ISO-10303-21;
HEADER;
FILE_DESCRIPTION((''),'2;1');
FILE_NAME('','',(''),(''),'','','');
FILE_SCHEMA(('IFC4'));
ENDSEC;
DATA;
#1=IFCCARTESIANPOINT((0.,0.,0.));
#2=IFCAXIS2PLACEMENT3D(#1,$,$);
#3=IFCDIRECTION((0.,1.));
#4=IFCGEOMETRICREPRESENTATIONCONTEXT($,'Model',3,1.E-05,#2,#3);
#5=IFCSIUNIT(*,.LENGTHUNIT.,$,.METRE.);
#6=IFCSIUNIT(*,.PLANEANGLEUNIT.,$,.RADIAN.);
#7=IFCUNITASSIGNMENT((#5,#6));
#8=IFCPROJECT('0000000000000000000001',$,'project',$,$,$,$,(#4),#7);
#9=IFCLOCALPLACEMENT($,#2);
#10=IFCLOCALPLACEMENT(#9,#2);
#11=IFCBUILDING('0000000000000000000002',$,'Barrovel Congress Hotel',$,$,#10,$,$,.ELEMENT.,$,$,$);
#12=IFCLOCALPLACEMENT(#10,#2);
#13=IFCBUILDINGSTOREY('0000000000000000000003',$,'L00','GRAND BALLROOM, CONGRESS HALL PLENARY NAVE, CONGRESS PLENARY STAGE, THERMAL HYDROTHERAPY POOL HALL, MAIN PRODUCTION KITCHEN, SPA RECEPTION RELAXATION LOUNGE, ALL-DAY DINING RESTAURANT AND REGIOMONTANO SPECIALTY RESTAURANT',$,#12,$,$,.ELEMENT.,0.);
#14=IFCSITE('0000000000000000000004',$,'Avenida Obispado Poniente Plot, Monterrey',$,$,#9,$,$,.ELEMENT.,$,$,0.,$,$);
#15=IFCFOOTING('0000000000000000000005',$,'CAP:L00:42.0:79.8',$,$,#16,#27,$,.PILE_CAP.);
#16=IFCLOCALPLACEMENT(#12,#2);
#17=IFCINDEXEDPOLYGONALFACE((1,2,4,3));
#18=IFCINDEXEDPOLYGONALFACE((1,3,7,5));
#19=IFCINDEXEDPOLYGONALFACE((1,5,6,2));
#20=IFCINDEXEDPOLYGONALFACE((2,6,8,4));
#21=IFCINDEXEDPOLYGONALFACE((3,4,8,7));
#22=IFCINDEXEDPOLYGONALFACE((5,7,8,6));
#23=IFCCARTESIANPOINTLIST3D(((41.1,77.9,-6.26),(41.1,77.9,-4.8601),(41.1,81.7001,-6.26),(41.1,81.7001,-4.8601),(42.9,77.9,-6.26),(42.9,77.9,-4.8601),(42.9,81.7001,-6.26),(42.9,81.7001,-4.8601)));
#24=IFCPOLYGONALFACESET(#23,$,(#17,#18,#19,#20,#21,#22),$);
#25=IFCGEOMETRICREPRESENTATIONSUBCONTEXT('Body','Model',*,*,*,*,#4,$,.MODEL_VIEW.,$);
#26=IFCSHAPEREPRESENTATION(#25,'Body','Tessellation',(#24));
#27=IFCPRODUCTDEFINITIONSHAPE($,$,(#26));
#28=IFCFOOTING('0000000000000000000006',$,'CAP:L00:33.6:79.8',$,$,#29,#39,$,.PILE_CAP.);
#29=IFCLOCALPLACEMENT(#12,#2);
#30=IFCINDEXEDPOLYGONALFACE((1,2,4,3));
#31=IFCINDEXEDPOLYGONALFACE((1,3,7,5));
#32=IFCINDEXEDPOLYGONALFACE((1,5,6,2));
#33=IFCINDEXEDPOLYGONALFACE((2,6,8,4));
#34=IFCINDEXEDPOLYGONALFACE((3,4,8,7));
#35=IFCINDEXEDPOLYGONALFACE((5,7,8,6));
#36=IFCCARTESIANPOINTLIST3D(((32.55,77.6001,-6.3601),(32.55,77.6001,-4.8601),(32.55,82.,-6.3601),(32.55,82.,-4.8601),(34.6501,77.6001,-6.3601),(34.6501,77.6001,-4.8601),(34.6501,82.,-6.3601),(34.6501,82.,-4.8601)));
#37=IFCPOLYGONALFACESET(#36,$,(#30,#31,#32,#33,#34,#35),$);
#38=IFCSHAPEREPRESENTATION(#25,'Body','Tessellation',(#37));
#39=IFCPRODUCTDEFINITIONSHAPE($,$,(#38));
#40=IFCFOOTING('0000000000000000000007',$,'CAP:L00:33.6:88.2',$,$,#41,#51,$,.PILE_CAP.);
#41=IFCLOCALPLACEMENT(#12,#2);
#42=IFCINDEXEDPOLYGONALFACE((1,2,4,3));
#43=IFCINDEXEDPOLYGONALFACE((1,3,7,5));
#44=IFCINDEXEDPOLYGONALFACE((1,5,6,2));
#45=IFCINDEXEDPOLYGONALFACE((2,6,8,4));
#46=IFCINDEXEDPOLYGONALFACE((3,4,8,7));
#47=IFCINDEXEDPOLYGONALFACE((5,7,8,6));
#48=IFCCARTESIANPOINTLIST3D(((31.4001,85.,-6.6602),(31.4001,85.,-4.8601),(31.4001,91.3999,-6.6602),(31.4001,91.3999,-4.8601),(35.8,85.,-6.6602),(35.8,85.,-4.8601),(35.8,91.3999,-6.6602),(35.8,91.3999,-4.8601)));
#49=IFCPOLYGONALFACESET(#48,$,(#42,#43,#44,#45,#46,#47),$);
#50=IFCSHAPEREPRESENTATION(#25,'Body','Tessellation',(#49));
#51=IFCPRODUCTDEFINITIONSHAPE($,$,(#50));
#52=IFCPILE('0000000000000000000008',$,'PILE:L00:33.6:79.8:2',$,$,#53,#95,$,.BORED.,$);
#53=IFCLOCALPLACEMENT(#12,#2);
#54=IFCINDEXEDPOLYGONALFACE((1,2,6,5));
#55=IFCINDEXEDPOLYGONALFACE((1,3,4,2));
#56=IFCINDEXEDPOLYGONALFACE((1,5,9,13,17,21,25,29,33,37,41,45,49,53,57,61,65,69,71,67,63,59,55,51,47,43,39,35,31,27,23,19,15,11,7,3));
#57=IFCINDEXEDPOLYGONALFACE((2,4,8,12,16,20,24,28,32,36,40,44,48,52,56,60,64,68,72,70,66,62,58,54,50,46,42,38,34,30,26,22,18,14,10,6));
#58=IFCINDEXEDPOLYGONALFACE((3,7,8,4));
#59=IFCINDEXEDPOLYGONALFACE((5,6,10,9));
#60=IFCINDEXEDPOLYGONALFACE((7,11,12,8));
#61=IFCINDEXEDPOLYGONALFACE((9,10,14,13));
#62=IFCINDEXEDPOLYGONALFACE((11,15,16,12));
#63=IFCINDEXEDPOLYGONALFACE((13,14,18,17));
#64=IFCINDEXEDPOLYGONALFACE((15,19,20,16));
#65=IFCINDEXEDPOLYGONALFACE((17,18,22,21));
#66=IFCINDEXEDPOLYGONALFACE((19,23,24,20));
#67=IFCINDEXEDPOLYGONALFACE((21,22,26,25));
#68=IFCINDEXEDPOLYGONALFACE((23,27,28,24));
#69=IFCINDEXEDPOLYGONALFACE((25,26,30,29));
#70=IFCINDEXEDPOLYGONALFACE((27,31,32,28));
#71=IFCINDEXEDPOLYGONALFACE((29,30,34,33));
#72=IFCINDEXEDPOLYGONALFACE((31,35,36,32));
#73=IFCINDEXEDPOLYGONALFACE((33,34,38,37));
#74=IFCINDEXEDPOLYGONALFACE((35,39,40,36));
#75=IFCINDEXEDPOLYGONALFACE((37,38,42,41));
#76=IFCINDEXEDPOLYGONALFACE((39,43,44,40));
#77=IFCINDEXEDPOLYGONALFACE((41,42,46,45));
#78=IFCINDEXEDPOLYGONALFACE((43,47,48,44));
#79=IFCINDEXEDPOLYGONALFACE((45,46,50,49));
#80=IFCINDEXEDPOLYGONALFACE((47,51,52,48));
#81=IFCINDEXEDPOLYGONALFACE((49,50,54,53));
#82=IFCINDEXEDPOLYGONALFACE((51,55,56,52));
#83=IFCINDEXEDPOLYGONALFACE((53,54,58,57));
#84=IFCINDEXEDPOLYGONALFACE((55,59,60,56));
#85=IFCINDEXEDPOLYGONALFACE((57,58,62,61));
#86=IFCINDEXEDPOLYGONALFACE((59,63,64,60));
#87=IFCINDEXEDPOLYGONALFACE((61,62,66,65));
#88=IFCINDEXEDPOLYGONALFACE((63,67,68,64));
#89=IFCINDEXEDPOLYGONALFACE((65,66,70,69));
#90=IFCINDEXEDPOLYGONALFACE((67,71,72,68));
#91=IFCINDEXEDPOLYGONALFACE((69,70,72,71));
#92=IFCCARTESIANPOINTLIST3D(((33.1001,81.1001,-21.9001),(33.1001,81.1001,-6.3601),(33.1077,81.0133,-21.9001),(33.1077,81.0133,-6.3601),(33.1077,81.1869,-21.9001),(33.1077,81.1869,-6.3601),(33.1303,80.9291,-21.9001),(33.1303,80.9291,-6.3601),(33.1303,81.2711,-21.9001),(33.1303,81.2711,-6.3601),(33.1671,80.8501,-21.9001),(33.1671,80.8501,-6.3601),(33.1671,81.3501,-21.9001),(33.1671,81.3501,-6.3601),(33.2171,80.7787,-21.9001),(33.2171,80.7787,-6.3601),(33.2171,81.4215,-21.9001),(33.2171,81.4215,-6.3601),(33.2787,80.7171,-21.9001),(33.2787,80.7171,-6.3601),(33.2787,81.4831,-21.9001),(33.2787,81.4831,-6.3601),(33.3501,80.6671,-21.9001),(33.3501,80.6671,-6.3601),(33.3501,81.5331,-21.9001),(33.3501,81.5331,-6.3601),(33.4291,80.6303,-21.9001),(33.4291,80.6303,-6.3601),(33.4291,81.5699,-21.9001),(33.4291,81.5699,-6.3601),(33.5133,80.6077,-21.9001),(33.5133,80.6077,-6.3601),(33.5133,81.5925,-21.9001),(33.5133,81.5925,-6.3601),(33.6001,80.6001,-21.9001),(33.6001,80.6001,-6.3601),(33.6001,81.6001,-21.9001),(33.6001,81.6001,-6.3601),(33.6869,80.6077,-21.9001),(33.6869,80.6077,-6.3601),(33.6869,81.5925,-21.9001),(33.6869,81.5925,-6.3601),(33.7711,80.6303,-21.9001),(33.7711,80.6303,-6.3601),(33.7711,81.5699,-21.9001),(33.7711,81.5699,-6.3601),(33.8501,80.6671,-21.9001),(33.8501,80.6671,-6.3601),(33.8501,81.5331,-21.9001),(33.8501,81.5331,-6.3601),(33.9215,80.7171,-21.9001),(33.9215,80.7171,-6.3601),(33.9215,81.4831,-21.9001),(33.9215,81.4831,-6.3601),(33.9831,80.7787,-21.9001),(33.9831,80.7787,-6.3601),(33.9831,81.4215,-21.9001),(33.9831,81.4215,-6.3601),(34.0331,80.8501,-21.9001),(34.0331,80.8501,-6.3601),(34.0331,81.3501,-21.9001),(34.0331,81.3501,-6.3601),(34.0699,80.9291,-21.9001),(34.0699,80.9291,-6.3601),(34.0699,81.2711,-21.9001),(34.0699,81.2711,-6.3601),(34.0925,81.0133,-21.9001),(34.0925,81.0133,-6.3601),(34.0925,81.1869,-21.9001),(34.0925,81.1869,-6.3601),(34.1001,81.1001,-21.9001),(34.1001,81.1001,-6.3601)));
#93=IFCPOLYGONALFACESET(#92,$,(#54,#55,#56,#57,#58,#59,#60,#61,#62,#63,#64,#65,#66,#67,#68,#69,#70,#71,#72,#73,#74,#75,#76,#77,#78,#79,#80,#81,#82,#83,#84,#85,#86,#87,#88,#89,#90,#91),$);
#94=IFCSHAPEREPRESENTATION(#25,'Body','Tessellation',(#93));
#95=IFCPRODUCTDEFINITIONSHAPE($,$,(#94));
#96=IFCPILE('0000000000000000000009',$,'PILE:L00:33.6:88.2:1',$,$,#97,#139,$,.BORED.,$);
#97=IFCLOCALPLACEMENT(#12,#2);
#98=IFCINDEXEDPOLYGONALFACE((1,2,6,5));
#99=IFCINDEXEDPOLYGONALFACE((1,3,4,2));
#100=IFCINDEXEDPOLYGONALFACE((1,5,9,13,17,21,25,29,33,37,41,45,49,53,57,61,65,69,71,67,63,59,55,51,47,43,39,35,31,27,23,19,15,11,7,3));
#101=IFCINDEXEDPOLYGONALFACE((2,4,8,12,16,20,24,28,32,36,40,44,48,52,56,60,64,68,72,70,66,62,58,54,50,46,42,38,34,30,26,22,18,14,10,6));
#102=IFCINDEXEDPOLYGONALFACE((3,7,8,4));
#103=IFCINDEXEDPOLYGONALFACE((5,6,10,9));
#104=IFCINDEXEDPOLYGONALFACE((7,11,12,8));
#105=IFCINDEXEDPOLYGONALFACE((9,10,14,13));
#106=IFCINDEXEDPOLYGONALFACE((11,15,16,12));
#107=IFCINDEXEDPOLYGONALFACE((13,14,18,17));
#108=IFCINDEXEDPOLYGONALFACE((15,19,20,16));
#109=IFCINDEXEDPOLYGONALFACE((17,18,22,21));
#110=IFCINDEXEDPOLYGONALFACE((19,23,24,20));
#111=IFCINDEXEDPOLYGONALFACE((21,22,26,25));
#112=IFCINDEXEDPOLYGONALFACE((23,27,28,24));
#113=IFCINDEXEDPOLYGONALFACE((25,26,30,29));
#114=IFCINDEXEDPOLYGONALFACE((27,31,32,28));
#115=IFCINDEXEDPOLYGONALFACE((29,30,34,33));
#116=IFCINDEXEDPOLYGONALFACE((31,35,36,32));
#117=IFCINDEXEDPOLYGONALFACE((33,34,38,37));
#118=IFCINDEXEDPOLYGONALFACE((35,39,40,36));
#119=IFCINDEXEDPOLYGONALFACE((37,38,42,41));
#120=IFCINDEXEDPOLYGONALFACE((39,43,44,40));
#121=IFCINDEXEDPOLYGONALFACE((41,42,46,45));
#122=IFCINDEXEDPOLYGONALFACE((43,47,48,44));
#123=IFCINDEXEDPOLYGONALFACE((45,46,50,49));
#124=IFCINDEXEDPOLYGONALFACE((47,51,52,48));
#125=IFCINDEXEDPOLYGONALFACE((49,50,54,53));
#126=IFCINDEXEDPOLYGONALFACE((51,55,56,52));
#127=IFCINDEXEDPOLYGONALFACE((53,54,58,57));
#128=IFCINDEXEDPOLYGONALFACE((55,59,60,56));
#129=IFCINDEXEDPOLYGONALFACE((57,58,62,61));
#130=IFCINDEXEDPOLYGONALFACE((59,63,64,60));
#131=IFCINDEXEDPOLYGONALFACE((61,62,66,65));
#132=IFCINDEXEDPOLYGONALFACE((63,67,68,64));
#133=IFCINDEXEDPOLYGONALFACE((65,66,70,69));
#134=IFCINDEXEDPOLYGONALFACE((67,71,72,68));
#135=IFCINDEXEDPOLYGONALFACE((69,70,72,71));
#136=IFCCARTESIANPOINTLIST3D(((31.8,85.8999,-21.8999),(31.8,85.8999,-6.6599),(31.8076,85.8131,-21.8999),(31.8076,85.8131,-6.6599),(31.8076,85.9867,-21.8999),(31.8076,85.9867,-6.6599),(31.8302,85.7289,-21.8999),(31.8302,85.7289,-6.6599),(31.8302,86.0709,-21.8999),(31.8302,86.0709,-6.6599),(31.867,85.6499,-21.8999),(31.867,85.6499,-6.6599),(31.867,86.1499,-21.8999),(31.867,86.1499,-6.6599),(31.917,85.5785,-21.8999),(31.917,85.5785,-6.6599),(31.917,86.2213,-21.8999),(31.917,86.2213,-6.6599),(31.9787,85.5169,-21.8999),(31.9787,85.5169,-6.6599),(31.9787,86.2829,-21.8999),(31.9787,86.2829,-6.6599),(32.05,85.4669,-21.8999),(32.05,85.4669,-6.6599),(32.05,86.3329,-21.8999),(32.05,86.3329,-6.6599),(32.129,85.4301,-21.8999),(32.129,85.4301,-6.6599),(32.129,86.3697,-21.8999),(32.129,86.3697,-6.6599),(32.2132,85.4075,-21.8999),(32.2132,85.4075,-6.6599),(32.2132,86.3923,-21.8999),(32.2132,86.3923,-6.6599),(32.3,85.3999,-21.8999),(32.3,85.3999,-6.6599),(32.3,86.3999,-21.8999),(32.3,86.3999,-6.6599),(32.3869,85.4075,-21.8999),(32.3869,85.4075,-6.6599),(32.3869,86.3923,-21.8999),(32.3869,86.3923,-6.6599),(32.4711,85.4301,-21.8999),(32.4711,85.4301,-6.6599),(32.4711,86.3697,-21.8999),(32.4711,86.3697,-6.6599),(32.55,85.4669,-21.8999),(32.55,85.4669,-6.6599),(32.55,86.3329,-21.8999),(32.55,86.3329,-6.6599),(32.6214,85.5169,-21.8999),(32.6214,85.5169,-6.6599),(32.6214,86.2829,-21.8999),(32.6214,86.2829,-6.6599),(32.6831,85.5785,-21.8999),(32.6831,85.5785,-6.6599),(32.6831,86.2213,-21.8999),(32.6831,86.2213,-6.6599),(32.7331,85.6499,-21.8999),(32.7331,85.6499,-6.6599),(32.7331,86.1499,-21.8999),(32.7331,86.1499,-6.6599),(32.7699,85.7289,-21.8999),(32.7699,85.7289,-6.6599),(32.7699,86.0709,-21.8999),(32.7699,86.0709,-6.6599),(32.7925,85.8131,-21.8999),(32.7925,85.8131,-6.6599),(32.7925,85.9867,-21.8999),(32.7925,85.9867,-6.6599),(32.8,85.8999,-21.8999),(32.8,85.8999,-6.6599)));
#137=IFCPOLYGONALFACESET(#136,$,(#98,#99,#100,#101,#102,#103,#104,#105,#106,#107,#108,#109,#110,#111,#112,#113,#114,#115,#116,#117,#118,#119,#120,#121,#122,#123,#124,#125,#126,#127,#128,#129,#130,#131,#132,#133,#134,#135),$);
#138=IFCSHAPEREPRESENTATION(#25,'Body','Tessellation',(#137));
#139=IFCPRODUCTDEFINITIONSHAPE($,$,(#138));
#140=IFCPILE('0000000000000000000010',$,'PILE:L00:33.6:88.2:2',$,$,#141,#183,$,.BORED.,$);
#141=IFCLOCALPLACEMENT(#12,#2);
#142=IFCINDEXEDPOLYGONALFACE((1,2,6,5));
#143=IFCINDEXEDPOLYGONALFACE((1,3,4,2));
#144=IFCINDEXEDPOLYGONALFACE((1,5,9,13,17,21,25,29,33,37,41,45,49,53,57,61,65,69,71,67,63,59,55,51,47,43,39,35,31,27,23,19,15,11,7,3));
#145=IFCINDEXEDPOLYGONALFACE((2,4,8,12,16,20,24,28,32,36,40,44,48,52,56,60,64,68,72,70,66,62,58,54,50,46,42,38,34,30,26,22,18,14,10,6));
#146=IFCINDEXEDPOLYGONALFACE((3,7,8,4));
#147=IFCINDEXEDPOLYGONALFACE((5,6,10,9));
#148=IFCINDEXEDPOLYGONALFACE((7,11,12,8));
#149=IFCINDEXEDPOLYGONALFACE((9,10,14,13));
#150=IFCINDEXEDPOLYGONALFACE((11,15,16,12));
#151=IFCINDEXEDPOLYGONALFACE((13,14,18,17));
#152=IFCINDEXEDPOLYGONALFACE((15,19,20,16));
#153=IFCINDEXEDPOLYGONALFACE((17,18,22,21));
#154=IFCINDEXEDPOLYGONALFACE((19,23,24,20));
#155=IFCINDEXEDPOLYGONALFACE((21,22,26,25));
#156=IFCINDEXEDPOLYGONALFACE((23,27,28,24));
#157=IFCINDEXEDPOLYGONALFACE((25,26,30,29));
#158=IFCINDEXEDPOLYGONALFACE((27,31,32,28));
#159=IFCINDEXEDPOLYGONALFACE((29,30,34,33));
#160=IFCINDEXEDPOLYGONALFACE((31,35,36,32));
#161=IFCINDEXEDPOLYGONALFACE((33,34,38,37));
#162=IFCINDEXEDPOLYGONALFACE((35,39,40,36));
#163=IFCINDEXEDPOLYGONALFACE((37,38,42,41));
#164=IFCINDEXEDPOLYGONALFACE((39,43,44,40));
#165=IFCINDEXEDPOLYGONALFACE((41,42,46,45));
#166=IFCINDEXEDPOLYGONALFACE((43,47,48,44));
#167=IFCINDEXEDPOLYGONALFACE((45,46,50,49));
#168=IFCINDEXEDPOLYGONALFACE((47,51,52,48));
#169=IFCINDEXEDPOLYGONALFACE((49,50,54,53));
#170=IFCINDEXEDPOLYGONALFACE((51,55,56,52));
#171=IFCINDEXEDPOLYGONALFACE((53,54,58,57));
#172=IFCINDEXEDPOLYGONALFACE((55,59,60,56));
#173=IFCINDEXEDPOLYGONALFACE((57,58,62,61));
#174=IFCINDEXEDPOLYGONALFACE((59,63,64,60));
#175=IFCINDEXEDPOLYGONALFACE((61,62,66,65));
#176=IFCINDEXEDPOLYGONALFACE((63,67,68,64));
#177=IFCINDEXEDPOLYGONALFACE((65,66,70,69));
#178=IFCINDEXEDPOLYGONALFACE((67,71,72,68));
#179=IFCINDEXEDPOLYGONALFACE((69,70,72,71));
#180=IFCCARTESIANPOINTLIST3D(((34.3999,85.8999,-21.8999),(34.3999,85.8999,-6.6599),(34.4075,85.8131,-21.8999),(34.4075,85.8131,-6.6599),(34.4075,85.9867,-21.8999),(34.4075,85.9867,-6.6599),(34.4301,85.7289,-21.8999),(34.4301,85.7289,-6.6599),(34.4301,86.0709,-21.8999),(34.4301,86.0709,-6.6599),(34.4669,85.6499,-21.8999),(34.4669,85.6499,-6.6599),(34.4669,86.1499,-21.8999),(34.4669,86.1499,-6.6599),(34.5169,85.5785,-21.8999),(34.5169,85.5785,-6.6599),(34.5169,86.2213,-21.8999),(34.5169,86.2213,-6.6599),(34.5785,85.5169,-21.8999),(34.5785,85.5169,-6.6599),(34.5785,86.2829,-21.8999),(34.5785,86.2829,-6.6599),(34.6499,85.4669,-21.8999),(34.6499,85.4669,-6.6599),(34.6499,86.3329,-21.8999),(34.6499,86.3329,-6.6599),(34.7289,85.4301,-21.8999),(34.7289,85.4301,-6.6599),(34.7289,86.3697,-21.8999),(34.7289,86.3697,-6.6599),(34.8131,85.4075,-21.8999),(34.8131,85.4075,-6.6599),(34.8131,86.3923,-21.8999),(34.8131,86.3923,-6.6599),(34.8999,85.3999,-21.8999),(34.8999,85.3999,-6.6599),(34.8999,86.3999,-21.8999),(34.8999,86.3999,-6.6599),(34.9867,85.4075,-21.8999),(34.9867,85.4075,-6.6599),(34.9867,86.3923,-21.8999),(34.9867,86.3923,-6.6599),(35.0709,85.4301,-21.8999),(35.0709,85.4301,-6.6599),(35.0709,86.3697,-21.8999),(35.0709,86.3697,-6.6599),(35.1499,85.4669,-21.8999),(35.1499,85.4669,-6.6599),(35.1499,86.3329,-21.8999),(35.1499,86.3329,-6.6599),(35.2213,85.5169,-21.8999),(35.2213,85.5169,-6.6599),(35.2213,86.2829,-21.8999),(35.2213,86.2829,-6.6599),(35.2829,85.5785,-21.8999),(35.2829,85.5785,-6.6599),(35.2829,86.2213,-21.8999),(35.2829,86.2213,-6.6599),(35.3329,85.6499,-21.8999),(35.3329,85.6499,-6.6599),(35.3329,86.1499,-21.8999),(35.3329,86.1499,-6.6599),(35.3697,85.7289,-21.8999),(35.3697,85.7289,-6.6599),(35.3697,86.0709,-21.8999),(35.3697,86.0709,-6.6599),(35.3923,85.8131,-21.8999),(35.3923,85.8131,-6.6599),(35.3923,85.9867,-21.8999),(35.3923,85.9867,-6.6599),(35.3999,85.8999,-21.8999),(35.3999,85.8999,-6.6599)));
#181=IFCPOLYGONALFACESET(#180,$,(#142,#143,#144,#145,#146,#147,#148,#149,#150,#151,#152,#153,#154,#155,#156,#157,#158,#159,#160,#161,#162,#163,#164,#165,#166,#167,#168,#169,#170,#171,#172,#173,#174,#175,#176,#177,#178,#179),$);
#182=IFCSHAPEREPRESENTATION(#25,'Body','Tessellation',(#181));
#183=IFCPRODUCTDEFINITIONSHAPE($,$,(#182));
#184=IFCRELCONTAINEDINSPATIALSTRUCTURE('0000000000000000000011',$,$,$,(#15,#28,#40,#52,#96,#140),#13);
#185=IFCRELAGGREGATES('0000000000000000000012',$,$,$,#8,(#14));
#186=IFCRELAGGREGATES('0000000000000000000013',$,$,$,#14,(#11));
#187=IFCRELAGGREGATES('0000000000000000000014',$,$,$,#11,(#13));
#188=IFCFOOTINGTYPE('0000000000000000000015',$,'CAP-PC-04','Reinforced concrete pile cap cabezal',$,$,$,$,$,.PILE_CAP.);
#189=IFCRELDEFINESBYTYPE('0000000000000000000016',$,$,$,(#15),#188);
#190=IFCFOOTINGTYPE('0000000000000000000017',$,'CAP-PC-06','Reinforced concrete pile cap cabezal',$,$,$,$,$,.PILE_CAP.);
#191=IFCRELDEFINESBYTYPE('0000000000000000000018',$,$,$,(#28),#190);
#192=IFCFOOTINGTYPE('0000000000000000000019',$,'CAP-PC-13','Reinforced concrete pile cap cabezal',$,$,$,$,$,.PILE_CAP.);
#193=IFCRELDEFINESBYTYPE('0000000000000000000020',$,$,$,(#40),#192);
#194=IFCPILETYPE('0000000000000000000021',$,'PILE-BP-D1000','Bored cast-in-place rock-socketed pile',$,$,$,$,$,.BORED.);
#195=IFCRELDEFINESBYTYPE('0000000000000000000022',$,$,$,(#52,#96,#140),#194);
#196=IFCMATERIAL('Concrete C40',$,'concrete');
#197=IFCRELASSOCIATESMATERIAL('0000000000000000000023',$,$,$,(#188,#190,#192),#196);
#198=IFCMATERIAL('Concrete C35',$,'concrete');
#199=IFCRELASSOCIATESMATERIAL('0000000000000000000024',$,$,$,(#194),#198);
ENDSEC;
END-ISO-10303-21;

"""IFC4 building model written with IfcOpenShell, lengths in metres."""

from ifc_helpers import new_model, si_unit, direction, frame, origin, origin_2d, place, context, subcontext, project, spatial, rectangle, circle, extrude, material, material_profile, profile_set, type_object, element, save


model = new_model("IFC4")

# Units and contexts
model_context = context("Model", 3, precision=1e-05, world=origin(), true_north=direction((0.0, 1.0)))
body_context = subcontext(model_context, "Body", "Model", "MODEL_VIEW")
ifc_project = project(units=[si_unit("LENGTHUNIT", "METRE"), si_unit("PLANEANGLEUNIT", "RADIAN")], contexts=[model_context])

# Site, building, storey
site_placement = place(None, origin())
site = spatial("IfcSite", under=ifc_project, at=site_placement, Name="Avenida Obispado Poniente Plot, Monterrey", CompositionType="ELEMENT", RefElevation=0.0)
building_placement = place(site_placement, origin())
building = spatial("IfcBuilding", under=site, at=building_placement, Name="Barrovel Congress Hotel", CompositionType="ELEMENT")
storey_placement = place(building_placement, origin())
storey = spatial("IfcBuildingStorey", under=building, at=storey_placement, Name="L00", Description="GRAND BALLROOM, CONGRESS HALL PLENARY NAVE, CONGRESS PLENARY STAGE, THERMAL HYDROTHERAPY POOL HALL, MAIN PRODUCTION KITCHEN, SPA RECEPTION RELAXATION LOUNGE, ALL-DAY DINING RESTAURANT AND REGIOMONTANO SPECIALTY RESTAURANT", CompositionType="ELEMENT", Elevation=0.0)

# Footings
ifc_material_1 = material(Name="Concrete C40", Category="concrete")
footing_type_1 = type_object("IfcFootingType", Name="CAP-PC-04", Description="Reinforced concrete pile cap cabezal", PredefinedType="PILE_CAP", material=ifc_material_1)
footing_1_placement = place(storey_placement, frame((42.0, 79.8, -6.26), z_axis=(0.0, 0.0, 1.0), x_axis=(1.0, 0.0, 0.0)))
element("IfcFooting", 1, at=footing_1_placement, inside=storey, type_object=footing_type_1, Name="CAP:L00:42.0:79.8", PredefinedType="PILE_CAP", context=body_context, shape_type="SweptSolid", body=[
    extrude(rectangle(XDim=1.8, YDim=3.8, at=origin_2d()), origin(), (0.0, 0.0, 1.0), 1.3999),
])
footing_type_2 = type_object("IfcFootingType", Name="CAP-PC-06", Description="Reinforced concrete pile cap cabezal", PredefinedType="PILE_CAP", material=ifc_material_1)
footing_2_placement = place(storey_placement, frame((33.6001, 79.8, -6.3601), z_axis=(0.0, 0.0, 1.0), x_axis=(1.0, 0.0, 0.0)))
element("IfcFooting", 2, at=footing_2_placement, inside=storey, type_object=footing_type_2, Name="CAP:L00:33.6:79.8", PredefinedType="PILE_CAP", context=body_context, shape_type="SweptSolid", body=[
    extrude(rectangle(XDim=2.1001, YDim=4.3999, at=origin_2d()), origin(), (0.0, 0.0, 1.0), 1.5),
])
footing_type_3 = type_object("IfcFootingType", Name="CAP-PC-13", Description="Reinforced concrete pile cap cabezal", PredefinedType="PILE_CAP", material=ifc_material_1)
footing_3_placement = place(storey_placement, frame((33.6001, 88.2, -6.6602), z_axis=(0.0, 0.0, 1.0), x_axis=(1.0, 0.0, 0.0)))
element("IfcFooting", 3, at=footing_3_placement, inside=storey, type_object=footing_type_3, Name="CAP:L00:33.6:88.2", PredefinedType="PILE_CAP", context=body_context, shape_type="SweptSolid", body=[
    extrude(rectangle(XDim=4.3999, YDim=6.3999, at=origin_2d()), origin(), (0.0, 0.0, 1.0), 1.8),
])

# Piles
ifc_material_2 = material(Name="Concrete C35", Category="concrete")
ifc_material_profile_1 = material_profile(ifc_material_2, circle(Radius=0.5, at=origin_2d()), Name="BP-D1000")
ifc_profile_set_1 = profile_set([ifc_material_profile_1], Name="Concrete C35")
pile_type_1 = type_object("IfcPileType", Name="PILE-BP-D1000", Description="Bored cast-in-place rock-socketed pile", PredefinedType="BORED", material=ifc_profile_set_1)
pile_1_placement = place(storey_placement, frame((33.6001, 81.1001, -6.3601), z_axis=(0.0, 0.0, -1.0), x_axis=(1.0, 0.0, 0.0)))
element("IfcPile", 4, at=pile_1_placement, inside=storey, type_object=pile_type_1, Name="PILE:L00:33.6:79.8:2", PredefinedType="BORED", context=body_context, shape_type="SweptSolid", body=[
    extrude(circle(Radius=0.5, at=origin_2d()), origin(), (0.0, 0.0, 1.0), 15.54),
])
for number, where, z_axis, x_axis, name in (
    (5, (32.3, 85.8999, -6.6599), (0.0, 0.0, -1.0), (1.0, 0.0, 0.0), "PILE:L00:33.6:88.2:1"),
    (6, (34.8999, 85.8999, -6.6599), (0.0, 0.0, -1.0), (1.0, 0.0, 0.0), "PILE:L00:33.6:88.2:2"),
):
    element("IfcPile", number, at=place(storey_placement, frame(where, z_axis=z_axis, x_axis=x_axis)), inside=storey, type_object=pile_type_1, Name=name, PredefinedType="BORED", context=body_context, shape_type="SweptSolid", body=[
        extrude(circle(Radius=0.5, at=origin_2d()), origin(), (0.0, 0.0, 1.0), 15.24),
    ])

save(model, "model.ifc")
